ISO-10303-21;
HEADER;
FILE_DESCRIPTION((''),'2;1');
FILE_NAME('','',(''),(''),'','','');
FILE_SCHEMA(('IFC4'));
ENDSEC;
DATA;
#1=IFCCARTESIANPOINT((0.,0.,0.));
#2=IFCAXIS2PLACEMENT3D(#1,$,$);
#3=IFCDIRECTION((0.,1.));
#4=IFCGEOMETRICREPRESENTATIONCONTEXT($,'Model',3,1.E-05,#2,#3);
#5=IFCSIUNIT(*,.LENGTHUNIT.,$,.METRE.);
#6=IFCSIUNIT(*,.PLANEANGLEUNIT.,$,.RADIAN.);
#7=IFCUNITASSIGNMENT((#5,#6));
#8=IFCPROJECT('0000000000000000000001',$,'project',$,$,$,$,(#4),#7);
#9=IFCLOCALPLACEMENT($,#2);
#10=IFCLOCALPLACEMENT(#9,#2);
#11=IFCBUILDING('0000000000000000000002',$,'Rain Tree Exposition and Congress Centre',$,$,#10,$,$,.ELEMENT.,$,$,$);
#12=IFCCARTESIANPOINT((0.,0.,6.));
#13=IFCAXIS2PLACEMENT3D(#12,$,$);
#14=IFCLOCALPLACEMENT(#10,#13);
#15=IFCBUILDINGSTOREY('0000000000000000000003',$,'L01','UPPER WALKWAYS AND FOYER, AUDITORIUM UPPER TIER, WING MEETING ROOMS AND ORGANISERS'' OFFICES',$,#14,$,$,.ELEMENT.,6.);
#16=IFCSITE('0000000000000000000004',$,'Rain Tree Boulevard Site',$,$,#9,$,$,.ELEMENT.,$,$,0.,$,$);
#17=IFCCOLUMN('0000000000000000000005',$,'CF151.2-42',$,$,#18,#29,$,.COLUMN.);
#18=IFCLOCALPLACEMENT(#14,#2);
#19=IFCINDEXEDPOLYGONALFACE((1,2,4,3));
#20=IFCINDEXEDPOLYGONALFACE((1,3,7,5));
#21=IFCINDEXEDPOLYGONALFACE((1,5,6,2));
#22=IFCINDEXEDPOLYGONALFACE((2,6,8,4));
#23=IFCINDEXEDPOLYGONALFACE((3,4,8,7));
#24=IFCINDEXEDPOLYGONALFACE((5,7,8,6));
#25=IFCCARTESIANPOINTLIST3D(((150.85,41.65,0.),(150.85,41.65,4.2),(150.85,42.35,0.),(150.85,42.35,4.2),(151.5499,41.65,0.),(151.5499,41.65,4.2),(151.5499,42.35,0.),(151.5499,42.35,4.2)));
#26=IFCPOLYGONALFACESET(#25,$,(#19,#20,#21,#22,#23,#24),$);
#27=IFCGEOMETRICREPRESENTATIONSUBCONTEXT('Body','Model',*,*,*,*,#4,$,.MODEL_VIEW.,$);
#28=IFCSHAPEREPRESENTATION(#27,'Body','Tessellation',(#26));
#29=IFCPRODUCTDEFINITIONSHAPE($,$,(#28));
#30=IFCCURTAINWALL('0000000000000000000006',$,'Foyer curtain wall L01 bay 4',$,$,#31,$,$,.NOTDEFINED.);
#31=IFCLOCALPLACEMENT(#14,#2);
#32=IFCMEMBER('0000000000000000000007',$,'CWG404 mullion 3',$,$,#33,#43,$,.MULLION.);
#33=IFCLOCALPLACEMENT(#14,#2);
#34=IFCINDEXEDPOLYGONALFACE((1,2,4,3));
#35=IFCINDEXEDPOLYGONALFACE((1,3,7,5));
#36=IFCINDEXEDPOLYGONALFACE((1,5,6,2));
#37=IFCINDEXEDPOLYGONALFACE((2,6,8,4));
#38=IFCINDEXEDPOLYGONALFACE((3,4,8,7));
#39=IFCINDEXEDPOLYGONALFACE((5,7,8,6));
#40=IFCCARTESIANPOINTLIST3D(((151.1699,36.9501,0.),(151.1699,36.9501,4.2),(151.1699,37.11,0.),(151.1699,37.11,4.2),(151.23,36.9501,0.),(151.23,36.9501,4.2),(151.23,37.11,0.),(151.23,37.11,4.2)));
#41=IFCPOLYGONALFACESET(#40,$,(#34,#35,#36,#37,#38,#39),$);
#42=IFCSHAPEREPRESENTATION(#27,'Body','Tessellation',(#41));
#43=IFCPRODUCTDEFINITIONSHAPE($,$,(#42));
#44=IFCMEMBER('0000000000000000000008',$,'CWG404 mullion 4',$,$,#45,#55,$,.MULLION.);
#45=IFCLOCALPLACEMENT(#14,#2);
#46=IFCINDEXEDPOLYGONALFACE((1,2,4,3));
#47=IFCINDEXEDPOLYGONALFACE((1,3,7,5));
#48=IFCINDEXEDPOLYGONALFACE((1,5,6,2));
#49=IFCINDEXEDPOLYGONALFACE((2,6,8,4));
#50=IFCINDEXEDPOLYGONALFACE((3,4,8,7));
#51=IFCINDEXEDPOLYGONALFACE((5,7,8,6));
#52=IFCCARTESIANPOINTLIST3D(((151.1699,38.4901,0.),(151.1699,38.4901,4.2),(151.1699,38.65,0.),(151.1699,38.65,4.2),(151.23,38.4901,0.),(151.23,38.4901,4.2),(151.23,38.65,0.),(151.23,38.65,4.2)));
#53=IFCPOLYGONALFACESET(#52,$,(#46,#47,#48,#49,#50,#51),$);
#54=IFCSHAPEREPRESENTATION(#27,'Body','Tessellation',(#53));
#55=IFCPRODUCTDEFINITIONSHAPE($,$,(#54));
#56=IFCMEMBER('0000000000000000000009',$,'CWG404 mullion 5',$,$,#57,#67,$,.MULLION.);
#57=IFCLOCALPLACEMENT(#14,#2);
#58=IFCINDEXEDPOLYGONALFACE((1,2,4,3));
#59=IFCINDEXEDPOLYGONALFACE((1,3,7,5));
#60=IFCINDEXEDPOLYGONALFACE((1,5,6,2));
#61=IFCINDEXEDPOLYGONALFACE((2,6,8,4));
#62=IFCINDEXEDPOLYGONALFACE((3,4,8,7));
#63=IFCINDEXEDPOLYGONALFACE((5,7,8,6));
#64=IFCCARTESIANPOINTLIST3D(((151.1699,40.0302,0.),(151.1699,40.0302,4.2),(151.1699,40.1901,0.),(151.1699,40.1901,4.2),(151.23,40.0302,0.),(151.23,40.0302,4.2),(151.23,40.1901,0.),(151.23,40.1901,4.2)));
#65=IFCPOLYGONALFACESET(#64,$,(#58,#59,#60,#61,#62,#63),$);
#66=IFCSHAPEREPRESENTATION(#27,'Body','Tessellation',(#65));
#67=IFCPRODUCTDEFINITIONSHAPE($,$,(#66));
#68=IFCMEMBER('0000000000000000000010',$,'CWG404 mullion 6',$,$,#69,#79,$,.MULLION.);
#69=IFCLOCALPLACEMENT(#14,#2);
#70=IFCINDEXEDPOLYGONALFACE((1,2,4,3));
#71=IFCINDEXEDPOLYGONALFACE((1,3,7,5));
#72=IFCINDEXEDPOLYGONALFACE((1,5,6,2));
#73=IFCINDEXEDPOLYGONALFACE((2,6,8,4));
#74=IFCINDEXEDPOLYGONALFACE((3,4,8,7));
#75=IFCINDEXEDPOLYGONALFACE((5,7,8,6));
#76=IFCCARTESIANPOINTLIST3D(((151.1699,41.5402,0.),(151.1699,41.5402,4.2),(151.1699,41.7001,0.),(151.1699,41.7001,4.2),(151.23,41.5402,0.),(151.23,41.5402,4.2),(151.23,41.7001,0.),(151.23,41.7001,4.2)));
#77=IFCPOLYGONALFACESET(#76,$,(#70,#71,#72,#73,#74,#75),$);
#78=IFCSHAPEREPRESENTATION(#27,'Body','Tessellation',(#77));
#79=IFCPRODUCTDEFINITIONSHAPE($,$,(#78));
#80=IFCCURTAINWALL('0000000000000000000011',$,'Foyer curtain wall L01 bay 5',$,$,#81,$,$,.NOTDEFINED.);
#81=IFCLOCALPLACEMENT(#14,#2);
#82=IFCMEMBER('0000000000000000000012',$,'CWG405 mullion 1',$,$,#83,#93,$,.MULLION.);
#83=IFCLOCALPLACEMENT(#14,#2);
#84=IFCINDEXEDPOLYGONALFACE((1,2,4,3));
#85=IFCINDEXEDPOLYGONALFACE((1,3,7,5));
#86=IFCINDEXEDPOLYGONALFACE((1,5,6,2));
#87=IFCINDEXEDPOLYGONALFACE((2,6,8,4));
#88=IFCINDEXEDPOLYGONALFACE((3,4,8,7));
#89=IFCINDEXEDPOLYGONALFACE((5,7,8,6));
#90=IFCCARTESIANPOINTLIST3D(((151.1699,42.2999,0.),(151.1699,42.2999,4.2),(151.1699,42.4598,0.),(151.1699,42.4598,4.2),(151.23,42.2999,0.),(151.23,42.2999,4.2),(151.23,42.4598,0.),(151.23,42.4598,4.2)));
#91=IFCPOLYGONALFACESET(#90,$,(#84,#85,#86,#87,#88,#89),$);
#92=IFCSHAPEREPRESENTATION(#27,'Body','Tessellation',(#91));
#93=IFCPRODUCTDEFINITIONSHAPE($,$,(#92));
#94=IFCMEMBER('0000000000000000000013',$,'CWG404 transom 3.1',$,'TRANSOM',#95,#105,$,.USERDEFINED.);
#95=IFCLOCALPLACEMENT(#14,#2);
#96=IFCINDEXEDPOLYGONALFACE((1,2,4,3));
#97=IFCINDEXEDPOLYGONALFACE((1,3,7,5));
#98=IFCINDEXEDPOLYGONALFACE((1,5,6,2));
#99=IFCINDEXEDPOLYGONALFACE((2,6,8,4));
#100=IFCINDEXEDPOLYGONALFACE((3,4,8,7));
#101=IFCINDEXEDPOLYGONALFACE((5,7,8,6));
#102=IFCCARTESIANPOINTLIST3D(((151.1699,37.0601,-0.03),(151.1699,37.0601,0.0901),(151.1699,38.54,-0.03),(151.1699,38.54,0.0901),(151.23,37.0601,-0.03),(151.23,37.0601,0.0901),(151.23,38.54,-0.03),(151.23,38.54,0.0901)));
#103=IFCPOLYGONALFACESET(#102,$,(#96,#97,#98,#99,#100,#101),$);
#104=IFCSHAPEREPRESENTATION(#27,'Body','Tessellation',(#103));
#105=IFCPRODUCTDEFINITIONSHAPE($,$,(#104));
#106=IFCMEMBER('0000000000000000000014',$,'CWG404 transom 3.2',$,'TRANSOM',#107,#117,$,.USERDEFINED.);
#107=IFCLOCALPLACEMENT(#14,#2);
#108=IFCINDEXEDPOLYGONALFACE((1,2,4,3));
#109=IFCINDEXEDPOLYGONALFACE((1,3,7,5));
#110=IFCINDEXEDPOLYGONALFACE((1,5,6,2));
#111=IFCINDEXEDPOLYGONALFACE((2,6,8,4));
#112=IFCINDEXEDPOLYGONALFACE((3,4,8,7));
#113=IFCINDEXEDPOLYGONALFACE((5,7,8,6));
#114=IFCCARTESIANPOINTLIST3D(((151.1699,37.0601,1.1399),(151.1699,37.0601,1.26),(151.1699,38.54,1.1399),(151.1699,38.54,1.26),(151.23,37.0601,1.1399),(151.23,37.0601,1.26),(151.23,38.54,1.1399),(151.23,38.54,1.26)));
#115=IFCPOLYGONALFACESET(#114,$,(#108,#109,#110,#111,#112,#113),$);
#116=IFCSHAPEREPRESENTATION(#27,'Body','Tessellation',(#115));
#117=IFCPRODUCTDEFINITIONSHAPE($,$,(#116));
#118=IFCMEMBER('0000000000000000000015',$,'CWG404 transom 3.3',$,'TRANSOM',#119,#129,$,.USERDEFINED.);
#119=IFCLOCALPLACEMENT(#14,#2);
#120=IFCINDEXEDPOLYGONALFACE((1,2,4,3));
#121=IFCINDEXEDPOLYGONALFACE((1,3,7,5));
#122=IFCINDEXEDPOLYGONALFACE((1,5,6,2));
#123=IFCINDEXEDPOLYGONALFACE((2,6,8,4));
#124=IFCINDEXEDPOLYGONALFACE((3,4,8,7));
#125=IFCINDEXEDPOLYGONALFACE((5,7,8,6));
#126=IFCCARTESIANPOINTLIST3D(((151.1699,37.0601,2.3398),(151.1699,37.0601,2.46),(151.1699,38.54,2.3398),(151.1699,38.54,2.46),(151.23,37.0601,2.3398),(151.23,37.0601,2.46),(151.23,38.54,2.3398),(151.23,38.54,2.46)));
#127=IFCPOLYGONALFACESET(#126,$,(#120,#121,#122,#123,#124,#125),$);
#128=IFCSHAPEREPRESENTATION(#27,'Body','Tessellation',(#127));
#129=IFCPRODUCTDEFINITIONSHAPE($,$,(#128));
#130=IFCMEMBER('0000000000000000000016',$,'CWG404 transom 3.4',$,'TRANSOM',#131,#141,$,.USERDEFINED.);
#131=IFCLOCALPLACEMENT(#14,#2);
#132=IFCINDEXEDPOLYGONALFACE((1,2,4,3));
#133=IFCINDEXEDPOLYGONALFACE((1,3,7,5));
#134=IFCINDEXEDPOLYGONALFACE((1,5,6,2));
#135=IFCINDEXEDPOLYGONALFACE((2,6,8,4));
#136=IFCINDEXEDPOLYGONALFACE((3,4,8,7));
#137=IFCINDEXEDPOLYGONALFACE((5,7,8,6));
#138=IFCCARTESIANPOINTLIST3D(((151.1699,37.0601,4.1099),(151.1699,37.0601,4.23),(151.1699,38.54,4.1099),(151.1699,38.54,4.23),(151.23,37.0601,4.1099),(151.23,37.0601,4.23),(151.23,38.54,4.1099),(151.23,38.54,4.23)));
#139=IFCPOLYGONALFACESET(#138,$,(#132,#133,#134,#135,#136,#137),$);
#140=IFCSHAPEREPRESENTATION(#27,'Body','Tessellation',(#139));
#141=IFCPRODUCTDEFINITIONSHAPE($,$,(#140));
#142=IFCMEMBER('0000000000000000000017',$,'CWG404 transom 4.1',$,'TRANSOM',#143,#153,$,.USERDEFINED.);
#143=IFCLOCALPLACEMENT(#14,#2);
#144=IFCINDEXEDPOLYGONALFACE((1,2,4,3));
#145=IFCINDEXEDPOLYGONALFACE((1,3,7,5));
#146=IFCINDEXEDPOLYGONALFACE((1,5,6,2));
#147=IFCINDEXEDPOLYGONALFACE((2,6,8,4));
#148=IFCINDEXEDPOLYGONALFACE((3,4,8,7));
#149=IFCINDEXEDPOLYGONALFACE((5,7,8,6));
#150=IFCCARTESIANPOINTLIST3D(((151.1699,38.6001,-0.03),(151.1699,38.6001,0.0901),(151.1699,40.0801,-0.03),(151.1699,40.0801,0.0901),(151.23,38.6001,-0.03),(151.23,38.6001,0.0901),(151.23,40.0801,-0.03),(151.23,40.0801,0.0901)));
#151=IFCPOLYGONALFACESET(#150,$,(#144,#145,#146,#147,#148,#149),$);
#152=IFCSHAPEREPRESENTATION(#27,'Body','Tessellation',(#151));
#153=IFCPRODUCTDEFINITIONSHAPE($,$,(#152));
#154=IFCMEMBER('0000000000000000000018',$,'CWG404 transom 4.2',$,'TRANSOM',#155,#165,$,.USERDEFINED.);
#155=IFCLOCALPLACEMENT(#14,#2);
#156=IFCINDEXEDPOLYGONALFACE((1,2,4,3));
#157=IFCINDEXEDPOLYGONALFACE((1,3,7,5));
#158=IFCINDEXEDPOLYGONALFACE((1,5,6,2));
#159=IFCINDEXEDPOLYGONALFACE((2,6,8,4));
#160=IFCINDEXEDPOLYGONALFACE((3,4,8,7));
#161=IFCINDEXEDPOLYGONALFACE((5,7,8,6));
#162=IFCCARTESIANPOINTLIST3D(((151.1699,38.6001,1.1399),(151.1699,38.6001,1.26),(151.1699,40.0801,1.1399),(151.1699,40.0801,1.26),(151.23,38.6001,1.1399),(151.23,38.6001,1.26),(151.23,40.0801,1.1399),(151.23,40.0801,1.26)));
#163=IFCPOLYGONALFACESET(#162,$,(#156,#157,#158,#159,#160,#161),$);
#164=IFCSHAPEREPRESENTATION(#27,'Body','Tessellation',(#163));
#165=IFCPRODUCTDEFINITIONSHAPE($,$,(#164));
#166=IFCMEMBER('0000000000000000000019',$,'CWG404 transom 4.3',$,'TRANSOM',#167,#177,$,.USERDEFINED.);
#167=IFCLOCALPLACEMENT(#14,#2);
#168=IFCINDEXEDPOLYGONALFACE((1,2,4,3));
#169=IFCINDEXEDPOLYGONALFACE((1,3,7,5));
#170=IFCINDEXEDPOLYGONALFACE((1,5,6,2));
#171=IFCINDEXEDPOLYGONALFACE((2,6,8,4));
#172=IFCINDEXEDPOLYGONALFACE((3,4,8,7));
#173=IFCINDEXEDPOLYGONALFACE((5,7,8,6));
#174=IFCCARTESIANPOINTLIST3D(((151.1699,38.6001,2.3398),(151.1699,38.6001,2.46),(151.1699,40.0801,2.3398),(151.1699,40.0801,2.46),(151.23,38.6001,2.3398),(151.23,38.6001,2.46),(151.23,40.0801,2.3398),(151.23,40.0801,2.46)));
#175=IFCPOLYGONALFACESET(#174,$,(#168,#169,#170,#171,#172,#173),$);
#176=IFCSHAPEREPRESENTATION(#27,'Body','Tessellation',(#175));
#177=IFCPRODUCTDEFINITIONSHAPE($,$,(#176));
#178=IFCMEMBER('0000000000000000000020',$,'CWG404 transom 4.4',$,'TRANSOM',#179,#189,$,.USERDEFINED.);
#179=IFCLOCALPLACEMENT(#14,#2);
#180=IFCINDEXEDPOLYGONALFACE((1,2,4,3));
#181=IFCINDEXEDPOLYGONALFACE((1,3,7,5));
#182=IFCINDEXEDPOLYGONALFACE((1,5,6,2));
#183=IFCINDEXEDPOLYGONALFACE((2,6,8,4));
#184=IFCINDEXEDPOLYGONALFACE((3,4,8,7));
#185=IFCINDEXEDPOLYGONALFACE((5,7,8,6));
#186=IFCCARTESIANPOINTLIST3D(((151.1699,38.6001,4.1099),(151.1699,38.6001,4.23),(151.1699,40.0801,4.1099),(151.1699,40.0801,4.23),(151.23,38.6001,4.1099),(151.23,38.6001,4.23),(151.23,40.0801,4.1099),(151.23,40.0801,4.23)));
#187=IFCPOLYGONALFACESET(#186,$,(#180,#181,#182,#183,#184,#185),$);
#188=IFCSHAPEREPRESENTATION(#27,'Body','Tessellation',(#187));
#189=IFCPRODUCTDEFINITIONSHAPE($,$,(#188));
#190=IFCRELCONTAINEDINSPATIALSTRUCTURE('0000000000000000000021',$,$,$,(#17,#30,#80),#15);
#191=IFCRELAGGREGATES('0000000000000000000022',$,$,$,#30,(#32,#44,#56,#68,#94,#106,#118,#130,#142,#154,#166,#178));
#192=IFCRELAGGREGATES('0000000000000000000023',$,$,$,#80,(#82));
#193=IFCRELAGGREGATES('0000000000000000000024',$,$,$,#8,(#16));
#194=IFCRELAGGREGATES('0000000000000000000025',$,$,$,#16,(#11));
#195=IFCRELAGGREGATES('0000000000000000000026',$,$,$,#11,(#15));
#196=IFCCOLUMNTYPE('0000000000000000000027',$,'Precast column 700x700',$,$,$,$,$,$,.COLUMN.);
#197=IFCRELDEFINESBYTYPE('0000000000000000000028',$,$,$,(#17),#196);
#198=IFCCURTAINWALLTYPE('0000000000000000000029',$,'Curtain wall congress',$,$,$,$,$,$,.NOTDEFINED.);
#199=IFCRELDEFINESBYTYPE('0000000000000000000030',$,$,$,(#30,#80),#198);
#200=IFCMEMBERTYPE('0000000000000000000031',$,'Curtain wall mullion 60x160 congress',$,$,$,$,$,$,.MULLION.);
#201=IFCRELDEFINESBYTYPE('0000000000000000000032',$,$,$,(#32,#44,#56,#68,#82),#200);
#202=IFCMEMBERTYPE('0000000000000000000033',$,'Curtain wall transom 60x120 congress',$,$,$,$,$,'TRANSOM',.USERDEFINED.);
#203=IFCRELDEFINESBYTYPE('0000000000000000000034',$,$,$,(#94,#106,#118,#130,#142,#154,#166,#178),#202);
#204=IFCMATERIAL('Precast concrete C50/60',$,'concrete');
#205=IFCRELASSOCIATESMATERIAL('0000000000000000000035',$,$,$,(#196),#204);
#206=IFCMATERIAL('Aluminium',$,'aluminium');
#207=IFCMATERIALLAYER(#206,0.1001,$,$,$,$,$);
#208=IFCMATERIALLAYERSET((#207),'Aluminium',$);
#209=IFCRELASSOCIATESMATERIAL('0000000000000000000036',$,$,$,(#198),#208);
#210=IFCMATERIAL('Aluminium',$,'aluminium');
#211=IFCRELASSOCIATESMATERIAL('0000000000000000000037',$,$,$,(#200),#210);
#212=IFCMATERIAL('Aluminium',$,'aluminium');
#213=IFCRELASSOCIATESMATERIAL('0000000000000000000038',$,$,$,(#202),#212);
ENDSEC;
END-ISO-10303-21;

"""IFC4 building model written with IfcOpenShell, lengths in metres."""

from ifc_helpers import new_model, si_unit, direction, frame, origin, origin_2d, place, context, subcontext, project, spatial, rectangle, extrude, material, layer, layer_set, material_profile, profile_set, type_object, element, aggregate, save


model = new_model("IFC4")

# Units and contexts
model_context = context("Model", 3, precision=1e-05, world=origin(), true_north=direction((0.0, 1.0)))
body_context = subcontext(model_context, "Body", "Model", "MODEL_VIEW")
ifc_project = project(units=[si_unit("LENGTHUNIT", "METRE"), si_unit("PLANEANGLEUNIT", "RADIAN")], contexts=[model_context])

# Site, building, storey
site_placement = place(None, origin())
site = spatial("IfcSite", under=ifc_project, at=site_placement, Name="Rain Tree Boulevard Site", CompositionType="ELEMENT", RefElevation=0.0)
building_placement = place(site_placement, origin())
building = spatial("IfcBuilding", under=site, at=building_placement, Name="Rain Tree Exposition and Congress Centre", CompositionType="ELEMENT")
storey_placement = place(building_placement, frame((0.0, 0.0, 6.0)))
storey = spatial("IfcBuildingStorey", under=building, at=storey_placement, Name="L01", Description="UPPER WALKWAYS AND FOYER, AUDITORIUM UPPER TIER, WING MEETING ROOMS AND ORGANISERS' OFFICES", CompositionType="ELEMENT", Elevation=6.0)

# Column
ifc_material_1 = material(Name="Precast concrete C50/60", Category="concrete")
ifc_material_profile_1 = material_profile(ifc_material_1, rectangle(XDim=0.7, YDim=0.7, at=origin_2d()), Name="RC 700x700")
ifc_profile_set_1 = profile_set([ifc_material_profile_1], Name="Precast concrete C50/60")
column_type = type_object("IfcColumnType", Name="Precast column 700x700", PredefinedType="COLUMN", material=ifc_profile_set_1)
column_placement = place(storey_placement, frame((151.2, 42.0, 0.0), z_axis=(0.0, 0.0, 1.0), x_axis=(1.0, 0.0, 0.0)))
element("IfcColumn", 1, at=column_placement, inside=storey, type_object=column_type, Name="CF151.2-42", PredefinedType="COLUMN", context=body_context, shape_type="SweptSolid", body=[
    extrude(rectangle(XDim=0.7, YDim=0.7, at=origin_2d()), origin(), (0.0, 0.0, 1.0), 4.2),
])

# Curtain wall, members
ifc_material_2 = material(Name="Aluminium", Category="aluminium")
ifc_layer_1 = layer(ifc_material_2, 0.1001)
ifc_layer_set_1 = layer_set([ifc_layer_1], Name="Aluminium")
curtain_wall_type = type_object("IfcCurtainWallType", Name="Curtain wall congress", PredefinedType="NOTDEFINED", material=ifc_layer_set_1)
curtain_wall_1_placement = place(storey_placement, origin())
curtain_wall_1 = element("IfcCurtainWall", 2, at=curtain_wall_1_placement, inside=storey, type_object=curtain_wall_type, Name="Foyer curtain wall L01 bay 4", PredefinedType="NOTDEFINED")
ifc_material_3 = material(Name="Aluminium", Category="aluminium")
ifc_material_profile_2 = material_profile(ifc_material_3, rectangle(XDim=0.0601, YDim=0.1599, at=origin_2d()), Name="AL 60x160")
ifc_profile_set_2 = profile_set([ifc_material_profile_2], Name="Aluminium")
member_type_1 = type_object("IfcMemberType", Name="Curtain wall mullion 60x160 congress", PredefinedType="MULLION", material=ifc_profile_set_2)
member_1_placement = place(storey_placement, frame((151.2, 37.03, 0.0), z_axis=(0.0, 0.0, 1.0), x_axis=(-1.0, 0.0, 0.0)))
member_1 = element("IfcMember", 3, at=member_1_placement, type_object=member_type_1, Name="CWG404 mullion 3", PredefinedType="MULLION", context=body_context, shape_type="SweptSolid", body=[
    extrude(rectangle(XDim=0.0601, YDim=0.1599, at=origin_2d()), origin(), (0.0, 0.0, 1.0), 4.2),
])
member_2_placement = place(storey_placement, frame((151.2, 38.5701, 0.0), z_axis=(0.0, 0.0, 1.0), x_axis=(-1.0, 0.0, 0.0)))
member_2 = element("IfcMember", 4, at=member_2_placement, type_object=member_type_1, Name="CWG404 mullion 4", PredefinedType="MULLION", context=body_context, shape_type="SweptSolid", body=[
    extrude(rectangle(XDim=0.0601, YDim=0.1599, at=origin_2d()), origin(), (0.0, 0.0, 1.0), 4.2),
])
member_3_placement = place(storey_placement, frame((151.2, 40.1101, 0.0), z_axis=(0.0, 0.0, 1.0), x_axis=(-1.0, 0.0, 0.0)))
member_3 = element("IfcMember", 5, at=member_3_placement, type_object=member_type_1, Name="CWG404 mullion 5", PredefinedType="MULLION", context=body_context, shape_type="SweptSolid", body=[
    extrude(rectangle(XDim=0.0601, YDim=0.1599, at=origin_2d()), origin(), (0.0, 0.0, 1.0), 4.2),
])
member_4_placement = place(storey_placement, frame((151.2, 41.6201, 0.0), z_axis=(0.0, 0.0, 1.0), x_axis=(-1.0, 0.0, 0.0)))
member_4 = element("IfcMember", 6, at=member_4_placement, type_object=member_type_1, Name="CWG404 mullion 6", PredefinedType="MULLION", context=body_context, shape_type="SweptSolid", body=[
    extrude(rectangle(XDim=0.0601, YDim=0.1599, at=origin_2d()), origin(), (0.0, 0.0, 1.0), 4.2),
])

# Curtain wall, member
curtain_wall_2_placement = place(storey_placement, origin())
curtain_wall_2 = element("IfcCurtainWall", 7, at=curtain_wall_2_placement, inside=storey, type_object=curtain_wall_type, Name="Foyer curtain wall L01 bay 5", PredefinedType="NOTDEFINED")
member_5_placement = place(storey_placement, frame((151.2, 42.3799, 0.0), z_axis=(0.0, 0.0, 1.0), x_axis=(-1.0, 0.0, 0.0)))
member_5 = element("IfcMember", 8, at=member_5_placement, type_object=member_type_1, Name="CWG405 mullion 1", PredefinedType="MULLION", context=body_context, shape_type="SweptSolid", body=[
    extrude(rectangle(XDim=0.0601, YDim=0.1599, at=origin_2d()), origin(), (0.0, 0.0, 1.0), 4.2),
])

# Members
ifc_material_4 = material(Name="Aluminium", Category="aluminium")
ifc_material_profile_3 = material_profile(ifc_material_4, rectangle(XDim=0.0601, YDim=0.1201, at=origin_2d()), Name="AL 60x120")
ifc_profile_set_3 = profile_set([ifc_material_profile_3], Name="Aluminium")
member_type_2 = type_object("IfcMemberType", Name="Curtain wall transom 60x120 congress", ElementType="TRANSOM", PredefinedType="USERDEFINED", material=ifc_profile_set_3)
member_6_placement = place(storey_placement, frame((151.2, 37.0601, 0.03), z_axis=(0.0, 1.0, 0.0), x_axis=(-1.0, 0.0, 0.0)))
member_6 = element("IfcMember", 9, at=member_6_placement, type_object=member_type_2, Name="CWG404 transom 3.1", ObjectType="TRANSOM", PredefinedType="USERDEFINED", context=body_context, shape_type="SweptSolid", body=[
    extrude(rectangle(XDim=0.0601, YDim=0.1201, at=origin_2d()), origin(), (0.0, 0.0, 1.0), 1.48),
])
member_7_placement = place(storey_placement, frame((151.2, 37.0601, 1.2), z_axis=(0.0, 1.0, 0.0), x_axis=(-1.0, 0.0, 0.0)))
member_7 = element("IfcMember", 10, at=member_7_placement, type_object=member_type_2, Name="CWG404 transom 3.2", ObjectType="TRANSOM", PredefinedType="USERDEFINED", context=body_context, shape_type="SweptSolid", body=[
    extrude(rectangle(XDim=0.0601, YDim=0.1201, at=origin_2d()), origin(), (0.0, 0.0, 1.0), 1.48),
])
member_8_placement = place(storey_placement, frame((151.2, 37.0601, 2.3999), z_axis=(0.0, 1.0, 0.0), x_axis=(-1.0, 0.0, 0.0)))
member_8 = element("IfcMember", 11, at=member_8_placement, type_object=member_type_2, Name="CWG404 transom 3.3", ObjectType="TRANSOM", PredefinedType="USERDEFINED", context=body_context, shape_type="SweptSolid", body=[
    extrude(rectangle(XDim=0.0601, YDim=0.1201, at=origin_2d()), origin(), (0.0, 0.0, 1.0), 1.48),
])
member_9_placement = place(storey_placement, frame((151.2, 37.0601, 4.1699), z_axis=(0.0, 1.0, 0.0), x_axis=(-1.0, 0.0, 0.0)))
member_9 = element("IfcMember", 12, at=member_9_placement, type_object=member_type_2, Name="CWG404 transom 3.4", ObjectType="TRANSOM", PredefinedType="USERDEFINED", context=body_context, shape_type="SweptSolid", body=[
    extrude(rectangle(XDim=0.0601, YDim=0.1201, at=origin_2d()), origin(), (0.0, 0.0, 1.0), 1.48),
])
member_10_placement = place(storey_placement, frame((151.2, 38.6001, 0.03), z_axis=(0.0, 1.0, 0.0), x_axis=(-1.0, 0.0, 0.0)))
member_10 = element("IfcMember", 13, at=member_10_placement, type_object=member_type_2, Name="CWG404 transom 4.1", ObjectType="TRANSOM", PredefinedType="USERDEFINED", context=body_context, shape_type="SweptSolid", body=[
    extrude(rectangle(XDim=0.0601, YDim=0.1201, at=origin_2d()), origin(), (0.0, 0.0, 1.0), 1.48),
])
member_11_placement = place(storey_placement, frame((151.2, 38.6001, 1.2), z_axis=(0.0, 1.0, 0.0), x_axis=(-1.0, 0.0, 0.0)))
member_11 = element("IfcMember", 14, at=member_11_placement, type_object=member_type_2, Name="CWG404 transom 4.2", ObjectType="TRANSOM", PredefinedType="USERDEFINED", context=body_context, shape_type="SweptSolid", body=[
    extrude(rectangle(XDim=0.0601, YDim=0.1201, at=origin_2d()), origin(), (0.0, 0.0, 1.0), 1.48),
])
member_12_placement = place(storey_placement, frame((151.2, 38.6001, 2.3999), z_axis=(0.0, 1.0, 0.0), x_axis=(-1.0, 0.0, 0.0)))
member_12 = element("IfcMember", 15, at=member_12_placement, type_object=member_type_2, Name="CWG404 transom 4.3", ObjectType="TRANSOM", PredefinedType="USERDEFINED", context=body_context, shape_type="SweptSolid", body=[
    extrude(rectangle(XDim=0.0601, YDim=0.1201, at=origin_2d()), origin(), (0.0, 0.0, 1.0), 1.48),
])
member_13_placement = place(storey_placement, frame((151.2, 38.6001, 4.1699), z_axis=(0.0, 1.0, 0.0), x_axis=(-1.0, 0.0, 0.0)))
member_13 = element("IfcMember", 16, at=member_13_placement, type_object=member_type_2, Name="CWG404 transom 4.4", ObjectType="TRANSOM", PredefinedType="USERDEFINED", context=body_context, shape_type="SweptSolid", body=[
    extrude(rectangle(XDim=0.0601, YDim=0.1201, at=origin_2d()), origin(), (0.0, 0.0, 1.0), 1.48),
])

aggregate(curtain_wall_1, [member_1, member_2, member_3, member_4, member_6, member_7, member_8, member_9, member_10, member_11, member_12, member_13])
aggregate(curtain_wall_2, [member_5])

save(model, "model.ifc")
